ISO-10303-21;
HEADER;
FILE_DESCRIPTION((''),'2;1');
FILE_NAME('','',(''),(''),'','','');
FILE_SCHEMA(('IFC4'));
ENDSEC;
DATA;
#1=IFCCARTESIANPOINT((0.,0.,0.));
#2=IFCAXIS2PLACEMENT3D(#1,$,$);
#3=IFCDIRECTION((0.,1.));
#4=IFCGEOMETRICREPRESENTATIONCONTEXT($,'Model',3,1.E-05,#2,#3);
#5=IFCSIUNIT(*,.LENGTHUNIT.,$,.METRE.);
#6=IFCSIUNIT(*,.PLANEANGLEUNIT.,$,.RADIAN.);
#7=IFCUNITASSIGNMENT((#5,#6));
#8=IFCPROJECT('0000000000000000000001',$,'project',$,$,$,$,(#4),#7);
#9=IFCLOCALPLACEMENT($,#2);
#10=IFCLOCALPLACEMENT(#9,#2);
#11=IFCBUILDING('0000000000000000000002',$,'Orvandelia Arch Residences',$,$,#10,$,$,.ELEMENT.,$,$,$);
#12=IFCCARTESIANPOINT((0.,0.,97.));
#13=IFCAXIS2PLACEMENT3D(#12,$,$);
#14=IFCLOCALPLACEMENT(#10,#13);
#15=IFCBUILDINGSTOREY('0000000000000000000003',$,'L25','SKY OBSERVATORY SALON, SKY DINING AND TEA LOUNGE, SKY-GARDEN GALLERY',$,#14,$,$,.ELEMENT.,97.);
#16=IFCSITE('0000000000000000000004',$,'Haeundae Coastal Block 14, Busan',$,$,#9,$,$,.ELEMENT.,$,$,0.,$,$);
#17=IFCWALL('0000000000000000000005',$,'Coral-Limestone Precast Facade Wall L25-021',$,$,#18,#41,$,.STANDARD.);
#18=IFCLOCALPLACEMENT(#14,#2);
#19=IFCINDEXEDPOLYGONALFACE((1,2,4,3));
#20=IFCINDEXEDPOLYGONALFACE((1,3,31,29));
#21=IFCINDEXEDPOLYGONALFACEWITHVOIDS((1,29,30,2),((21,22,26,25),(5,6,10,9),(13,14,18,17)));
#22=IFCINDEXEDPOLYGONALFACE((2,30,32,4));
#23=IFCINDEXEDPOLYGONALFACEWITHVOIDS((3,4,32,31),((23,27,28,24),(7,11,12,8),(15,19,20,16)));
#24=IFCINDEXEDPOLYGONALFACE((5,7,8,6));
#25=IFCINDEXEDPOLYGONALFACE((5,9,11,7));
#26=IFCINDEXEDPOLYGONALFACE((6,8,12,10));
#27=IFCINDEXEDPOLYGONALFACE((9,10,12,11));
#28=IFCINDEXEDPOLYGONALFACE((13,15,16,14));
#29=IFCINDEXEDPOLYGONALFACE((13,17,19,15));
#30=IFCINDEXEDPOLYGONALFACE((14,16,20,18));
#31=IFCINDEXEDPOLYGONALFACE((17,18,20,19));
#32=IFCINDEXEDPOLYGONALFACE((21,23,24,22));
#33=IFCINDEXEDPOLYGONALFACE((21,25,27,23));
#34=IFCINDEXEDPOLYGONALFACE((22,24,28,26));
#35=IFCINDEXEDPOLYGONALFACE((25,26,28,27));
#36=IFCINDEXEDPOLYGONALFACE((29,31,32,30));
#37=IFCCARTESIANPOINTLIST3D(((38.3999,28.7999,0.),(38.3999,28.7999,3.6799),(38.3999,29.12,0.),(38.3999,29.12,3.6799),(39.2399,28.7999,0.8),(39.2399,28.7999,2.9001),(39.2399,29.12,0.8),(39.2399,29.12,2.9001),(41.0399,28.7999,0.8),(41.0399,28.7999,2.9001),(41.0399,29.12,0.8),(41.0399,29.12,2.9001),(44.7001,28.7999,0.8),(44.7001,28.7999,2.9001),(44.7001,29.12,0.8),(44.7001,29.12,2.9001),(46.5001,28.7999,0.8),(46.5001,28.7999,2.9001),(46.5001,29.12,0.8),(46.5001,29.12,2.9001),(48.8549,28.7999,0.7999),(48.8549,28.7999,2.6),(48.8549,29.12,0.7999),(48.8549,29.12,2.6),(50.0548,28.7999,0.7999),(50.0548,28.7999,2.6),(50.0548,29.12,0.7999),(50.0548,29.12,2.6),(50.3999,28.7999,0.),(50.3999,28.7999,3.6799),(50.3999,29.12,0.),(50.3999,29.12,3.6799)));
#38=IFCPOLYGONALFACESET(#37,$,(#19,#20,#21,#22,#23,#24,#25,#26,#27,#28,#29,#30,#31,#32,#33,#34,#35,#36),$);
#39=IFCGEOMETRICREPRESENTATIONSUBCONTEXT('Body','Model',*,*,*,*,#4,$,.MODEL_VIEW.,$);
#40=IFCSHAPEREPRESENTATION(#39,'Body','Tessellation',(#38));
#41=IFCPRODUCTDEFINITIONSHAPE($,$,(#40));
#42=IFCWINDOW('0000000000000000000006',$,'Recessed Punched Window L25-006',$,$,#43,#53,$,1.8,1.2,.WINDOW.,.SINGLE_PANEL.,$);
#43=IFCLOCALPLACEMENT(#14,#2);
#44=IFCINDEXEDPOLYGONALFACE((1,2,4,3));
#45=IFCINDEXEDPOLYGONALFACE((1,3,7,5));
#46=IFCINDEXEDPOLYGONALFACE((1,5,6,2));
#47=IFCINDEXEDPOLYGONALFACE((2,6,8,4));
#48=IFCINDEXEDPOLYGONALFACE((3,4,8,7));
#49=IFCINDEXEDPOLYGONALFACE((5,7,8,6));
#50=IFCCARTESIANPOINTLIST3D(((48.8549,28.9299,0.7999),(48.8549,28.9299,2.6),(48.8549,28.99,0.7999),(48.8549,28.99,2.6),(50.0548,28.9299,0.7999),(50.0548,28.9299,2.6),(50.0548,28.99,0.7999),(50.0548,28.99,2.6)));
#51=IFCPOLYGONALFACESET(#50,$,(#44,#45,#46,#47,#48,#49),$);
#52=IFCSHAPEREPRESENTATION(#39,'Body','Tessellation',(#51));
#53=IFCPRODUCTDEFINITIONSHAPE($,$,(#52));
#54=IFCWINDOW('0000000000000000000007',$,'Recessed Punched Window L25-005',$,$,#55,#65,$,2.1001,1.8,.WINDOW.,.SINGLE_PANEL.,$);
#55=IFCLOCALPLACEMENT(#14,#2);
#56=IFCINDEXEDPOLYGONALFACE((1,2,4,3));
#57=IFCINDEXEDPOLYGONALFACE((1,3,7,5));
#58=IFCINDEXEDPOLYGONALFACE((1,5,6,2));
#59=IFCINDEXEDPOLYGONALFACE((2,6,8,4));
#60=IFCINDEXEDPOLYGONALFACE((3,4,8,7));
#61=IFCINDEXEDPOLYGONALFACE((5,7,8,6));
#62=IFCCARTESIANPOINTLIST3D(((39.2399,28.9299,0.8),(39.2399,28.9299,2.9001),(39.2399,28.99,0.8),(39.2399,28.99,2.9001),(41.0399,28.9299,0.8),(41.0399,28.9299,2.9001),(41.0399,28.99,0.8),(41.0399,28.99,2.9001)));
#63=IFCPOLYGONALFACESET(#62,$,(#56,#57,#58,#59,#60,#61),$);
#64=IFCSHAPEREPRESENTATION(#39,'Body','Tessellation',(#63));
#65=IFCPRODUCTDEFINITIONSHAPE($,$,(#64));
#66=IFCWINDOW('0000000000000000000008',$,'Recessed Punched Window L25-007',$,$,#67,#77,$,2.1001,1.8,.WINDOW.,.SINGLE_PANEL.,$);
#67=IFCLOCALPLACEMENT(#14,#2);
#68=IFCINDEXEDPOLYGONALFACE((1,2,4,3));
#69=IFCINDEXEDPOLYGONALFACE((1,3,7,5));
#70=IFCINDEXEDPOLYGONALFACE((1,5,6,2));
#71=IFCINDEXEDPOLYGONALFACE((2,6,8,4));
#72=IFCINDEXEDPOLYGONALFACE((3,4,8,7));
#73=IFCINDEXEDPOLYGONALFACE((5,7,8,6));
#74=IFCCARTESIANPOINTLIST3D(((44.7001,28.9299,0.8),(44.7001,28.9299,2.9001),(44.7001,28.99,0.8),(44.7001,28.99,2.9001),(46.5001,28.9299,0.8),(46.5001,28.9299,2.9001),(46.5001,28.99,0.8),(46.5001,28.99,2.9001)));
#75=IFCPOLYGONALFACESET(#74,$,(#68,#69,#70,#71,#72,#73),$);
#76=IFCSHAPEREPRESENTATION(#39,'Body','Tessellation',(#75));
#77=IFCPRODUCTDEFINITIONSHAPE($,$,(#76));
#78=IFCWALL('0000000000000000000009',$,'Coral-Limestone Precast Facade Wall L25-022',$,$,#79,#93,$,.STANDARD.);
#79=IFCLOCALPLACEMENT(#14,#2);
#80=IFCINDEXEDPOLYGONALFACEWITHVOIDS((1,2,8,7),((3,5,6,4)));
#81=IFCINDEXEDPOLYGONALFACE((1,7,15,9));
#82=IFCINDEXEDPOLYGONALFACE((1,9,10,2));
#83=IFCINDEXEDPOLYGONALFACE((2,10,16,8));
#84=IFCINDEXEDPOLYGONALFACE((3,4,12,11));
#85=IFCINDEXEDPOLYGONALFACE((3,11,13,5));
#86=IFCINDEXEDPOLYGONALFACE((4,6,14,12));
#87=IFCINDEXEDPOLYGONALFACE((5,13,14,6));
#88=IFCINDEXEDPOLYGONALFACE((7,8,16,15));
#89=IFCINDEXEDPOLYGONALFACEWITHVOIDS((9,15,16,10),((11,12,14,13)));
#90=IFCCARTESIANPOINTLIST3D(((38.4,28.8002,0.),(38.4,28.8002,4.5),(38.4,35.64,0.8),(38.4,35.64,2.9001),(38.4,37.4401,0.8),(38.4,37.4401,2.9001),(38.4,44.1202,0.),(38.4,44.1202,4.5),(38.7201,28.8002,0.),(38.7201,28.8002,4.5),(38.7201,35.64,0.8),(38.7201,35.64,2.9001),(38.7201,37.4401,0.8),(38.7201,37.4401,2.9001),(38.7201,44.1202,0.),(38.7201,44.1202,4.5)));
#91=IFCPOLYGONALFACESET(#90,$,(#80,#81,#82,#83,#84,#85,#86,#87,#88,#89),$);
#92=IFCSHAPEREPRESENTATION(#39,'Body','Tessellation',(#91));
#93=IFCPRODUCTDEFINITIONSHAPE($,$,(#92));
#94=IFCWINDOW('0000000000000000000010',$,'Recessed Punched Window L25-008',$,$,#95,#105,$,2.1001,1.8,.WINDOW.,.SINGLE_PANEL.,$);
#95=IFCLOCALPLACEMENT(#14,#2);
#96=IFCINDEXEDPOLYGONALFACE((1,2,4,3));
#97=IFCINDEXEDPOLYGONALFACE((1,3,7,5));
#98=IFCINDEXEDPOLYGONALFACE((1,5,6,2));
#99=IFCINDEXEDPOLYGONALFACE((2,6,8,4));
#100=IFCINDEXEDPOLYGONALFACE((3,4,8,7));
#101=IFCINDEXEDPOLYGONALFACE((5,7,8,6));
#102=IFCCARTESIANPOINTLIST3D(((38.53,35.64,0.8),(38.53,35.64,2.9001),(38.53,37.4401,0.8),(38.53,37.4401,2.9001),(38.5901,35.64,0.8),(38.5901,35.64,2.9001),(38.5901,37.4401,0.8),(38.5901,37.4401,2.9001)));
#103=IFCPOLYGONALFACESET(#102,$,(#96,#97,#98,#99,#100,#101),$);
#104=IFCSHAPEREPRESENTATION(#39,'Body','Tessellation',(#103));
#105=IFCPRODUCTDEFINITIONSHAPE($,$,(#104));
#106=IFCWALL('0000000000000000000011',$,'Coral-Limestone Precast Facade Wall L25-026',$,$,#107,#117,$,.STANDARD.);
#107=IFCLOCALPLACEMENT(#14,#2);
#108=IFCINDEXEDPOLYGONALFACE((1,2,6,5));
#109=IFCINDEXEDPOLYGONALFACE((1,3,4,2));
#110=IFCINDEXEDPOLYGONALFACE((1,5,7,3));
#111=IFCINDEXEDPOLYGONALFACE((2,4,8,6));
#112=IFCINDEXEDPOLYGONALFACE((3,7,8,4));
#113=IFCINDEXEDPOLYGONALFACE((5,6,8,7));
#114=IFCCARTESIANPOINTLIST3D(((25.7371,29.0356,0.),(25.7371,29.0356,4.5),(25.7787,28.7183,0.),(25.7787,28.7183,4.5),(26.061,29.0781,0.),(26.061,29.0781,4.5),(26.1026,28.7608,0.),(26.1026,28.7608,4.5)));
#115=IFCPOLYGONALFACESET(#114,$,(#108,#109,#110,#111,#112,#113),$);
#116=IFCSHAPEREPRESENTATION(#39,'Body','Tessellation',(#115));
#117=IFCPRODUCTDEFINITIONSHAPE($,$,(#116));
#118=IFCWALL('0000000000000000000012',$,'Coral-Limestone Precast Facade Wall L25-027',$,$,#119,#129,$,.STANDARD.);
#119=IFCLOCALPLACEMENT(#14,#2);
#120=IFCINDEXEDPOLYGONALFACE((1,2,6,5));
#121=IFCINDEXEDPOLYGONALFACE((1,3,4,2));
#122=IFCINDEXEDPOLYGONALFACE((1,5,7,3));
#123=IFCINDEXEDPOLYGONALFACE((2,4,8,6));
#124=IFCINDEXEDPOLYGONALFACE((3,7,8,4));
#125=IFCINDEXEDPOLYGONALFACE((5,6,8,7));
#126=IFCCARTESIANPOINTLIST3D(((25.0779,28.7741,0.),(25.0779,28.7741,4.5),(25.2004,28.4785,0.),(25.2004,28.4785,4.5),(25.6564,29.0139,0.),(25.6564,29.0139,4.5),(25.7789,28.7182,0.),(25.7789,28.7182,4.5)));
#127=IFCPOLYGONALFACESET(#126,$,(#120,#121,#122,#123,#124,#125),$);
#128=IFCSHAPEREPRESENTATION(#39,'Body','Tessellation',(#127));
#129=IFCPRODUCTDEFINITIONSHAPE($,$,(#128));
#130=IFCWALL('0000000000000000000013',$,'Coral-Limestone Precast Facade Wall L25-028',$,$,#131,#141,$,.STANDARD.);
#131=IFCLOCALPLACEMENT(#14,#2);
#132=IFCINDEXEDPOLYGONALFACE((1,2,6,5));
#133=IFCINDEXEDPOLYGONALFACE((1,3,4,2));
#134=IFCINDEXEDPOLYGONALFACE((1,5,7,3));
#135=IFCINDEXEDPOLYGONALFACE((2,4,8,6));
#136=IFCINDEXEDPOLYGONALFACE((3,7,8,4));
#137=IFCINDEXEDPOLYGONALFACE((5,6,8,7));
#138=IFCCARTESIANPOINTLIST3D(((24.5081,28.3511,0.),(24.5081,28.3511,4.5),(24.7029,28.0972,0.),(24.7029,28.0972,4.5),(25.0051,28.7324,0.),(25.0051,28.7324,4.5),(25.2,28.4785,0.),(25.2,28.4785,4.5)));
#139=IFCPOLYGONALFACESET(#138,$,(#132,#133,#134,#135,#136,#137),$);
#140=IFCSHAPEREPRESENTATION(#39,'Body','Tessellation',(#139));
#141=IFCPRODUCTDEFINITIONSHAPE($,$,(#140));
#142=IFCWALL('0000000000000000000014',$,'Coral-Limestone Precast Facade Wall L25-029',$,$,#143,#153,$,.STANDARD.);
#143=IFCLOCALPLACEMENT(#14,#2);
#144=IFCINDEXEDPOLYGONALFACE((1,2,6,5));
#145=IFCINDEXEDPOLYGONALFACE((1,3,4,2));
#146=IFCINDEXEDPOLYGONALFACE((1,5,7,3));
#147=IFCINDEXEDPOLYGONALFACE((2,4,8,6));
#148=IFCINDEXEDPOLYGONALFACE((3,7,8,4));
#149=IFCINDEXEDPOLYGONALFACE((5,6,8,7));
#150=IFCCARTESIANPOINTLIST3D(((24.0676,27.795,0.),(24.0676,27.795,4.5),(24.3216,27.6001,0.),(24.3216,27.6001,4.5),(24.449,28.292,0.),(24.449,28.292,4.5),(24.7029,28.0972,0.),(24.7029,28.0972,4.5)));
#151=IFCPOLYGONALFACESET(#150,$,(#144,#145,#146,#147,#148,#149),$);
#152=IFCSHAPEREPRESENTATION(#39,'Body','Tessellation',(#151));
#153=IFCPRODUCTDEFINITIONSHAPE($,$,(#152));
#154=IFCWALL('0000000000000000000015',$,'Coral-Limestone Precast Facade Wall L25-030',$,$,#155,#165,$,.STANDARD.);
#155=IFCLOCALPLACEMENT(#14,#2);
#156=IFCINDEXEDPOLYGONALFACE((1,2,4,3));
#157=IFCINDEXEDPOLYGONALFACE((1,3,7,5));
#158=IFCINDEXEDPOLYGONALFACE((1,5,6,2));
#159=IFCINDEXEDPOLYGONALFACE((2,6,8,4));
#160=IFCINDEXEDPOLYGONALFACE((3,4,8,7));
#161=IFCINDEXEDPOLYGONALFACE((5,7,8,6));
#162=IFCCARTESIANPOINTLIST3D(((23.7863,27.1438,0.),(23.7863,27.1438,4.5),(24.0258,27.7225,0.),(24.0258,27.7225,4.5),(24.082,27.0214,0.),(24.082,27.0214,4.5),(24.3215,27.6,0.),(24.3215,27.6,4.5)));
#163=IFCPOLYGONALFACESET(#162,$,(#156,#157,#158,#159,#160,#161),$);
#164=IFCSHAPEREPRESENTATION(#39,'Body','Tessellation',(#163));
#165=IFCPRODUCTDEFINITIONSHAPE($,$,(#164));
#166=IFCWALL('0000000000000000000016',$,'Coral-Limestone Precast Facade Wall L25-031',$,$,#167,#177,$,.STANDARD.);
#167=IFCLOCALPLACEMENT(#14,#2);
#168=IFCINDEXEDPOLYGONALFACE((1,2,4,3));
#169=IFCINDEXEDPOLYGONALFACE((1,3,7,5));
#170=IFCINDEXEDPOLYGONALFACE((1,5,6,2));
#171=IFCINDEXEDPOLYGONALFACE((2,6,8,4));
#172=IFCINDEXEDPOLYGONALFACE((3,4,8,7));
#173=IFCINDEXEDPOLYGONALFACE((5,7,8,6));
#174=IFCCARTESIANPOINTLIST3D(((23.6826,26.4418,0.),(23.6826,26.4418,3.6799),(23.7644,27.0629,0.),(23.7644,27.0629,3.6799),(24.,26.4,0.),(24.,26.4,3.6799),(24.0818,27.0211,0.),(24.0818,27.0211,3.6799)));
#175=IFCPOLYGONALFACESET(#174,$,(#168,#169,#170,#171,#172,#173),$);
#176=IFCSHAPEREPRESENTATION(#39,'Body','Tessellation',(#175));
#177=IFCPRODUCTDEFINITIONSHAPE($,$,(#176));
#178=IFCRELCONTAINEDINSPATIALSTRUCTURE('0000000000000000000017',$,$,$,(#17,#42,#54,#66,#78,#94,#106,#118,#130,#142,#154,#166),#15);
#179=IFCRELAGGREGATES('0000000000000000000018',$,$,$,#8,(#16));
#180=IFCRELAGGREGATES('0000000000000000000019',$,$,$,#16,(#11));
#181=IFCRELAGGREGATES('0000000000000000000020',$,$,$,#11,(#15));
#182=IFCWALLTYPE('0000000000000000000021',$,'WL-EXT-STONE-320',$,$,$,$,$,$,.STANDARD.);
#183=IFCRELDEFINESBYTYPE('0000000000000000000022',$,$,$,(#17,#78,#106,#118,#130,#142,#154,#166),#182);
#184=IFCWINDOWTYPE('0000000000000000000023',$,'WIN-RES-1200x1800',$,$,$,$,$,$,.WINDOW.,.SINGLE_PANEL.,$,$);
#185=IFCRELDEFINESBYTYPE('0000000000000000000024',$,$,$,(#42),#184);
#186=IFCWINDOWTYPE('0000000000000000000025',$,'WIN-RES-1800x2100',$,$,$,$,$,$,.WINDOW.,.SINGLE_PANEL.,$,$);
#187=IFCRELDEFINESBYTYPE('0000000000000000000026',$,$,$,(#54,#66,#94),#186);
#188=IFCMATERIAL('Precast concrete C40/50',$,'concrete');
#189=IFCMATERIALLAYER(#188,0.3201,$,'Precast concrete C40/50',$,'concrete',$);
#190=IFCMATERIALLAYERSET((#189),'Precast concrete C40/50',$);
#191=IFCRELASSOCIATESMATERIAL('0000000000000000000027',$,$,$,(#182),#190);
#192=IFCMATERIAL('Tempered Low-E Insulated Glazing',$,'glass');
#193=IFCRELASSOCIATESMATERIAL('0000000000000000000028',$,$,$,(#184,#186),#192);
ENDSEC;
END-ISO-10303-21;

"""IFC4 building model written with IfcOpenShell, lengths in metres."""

from ifc_helpers import new_model, si_unit, direction, frame, frame_2d, origin, place, context, subcontext, project, spatial, rectangle, extrude, material, layer, layer_set, type_object, element, fill, save


model = new_model("IFC4")

# Units and contexts
model_context = context("Model", 3, precision=1e-05, world=origin(), true_north=direction((0.0, 1.0)))
body_context = subcontext(model_context, "Body", "Model", "MODEL_VIEW")
ifc_project = project(units=[si_unit("LENGTHUNIT", "METRE"), si_unit("PLANEANGLEUNIT", "RADIAN")], contexts=[model_context])

# Site, building, storey
site_placement = place(None, origin())
site = spatial("IfcSite", under=ifc_project, at=site_placement, Name="Haeundae Coastal Block 14, Busan", CompositionType="ELEMENT", RefElevation=0.0)
building_placement = place(site_placement, origin())
building = spatial("IfcBuilding", under=site, at=building_placement, Name="Orvandelia Arch Residences", CompositionType="ELEMENT")
storey_placement = place(building_placement, frame((0.0, 0.0, 97.0)))
storey = spatial("IfcBuildingStorey", under=building, at=storey_placement, Name="L25", Description="SKY OBSERVATORY SALON, SKY DINING AND TEA LOUNGE, SKY-GARDEN GALLERY", CompositionType="ELEMENT", Elevation=97.0)

# Shared definitions
ifc_material_1 = material(Name="Precast concrete C40/50", Category="concrete")
ifc_layer_1 = layer(ifc_material_1, 0.3201, Name="Precast concrete C40/50", Category="concrete")
ifc_layer_set_1 = layer_set([ifc_layer_1], Name="Precast concrete C40/50")
wall_type_1 = type_object("IfcWallType", Name="WL-EXT-STONE-320", PredefinedType="STANDARD", material=ifc_layer_set_1)

# Wall, openings, windows
wall_1_placement = place(storey_placement, frame((50.3999, 28.96, 0.0), z_axis=(0.0, 0.0, 1.0), x_axis=(-1.0, 0.0, 0.0)))
wall_1 = element("IfcWall", 1, at=wall_1_placement, inside=storey, type_object=wall_type_1, Name="Coral-Limestone Precast Facade Wall L25-021", PredefinedType="STANDARD", context=body_context, shape_type="SweptSolid", body=[
    extrude(rectangle(XDim=12.0, YDim=0.3201, at=frame_2d((6.0, 0.0))), origin(), (0.0, 0.0, 1.0), 3.6799),
])
opening_1_placement = place(wall_1_placement, frame((9.3601, 0.0, 0.8)))
opening_1 = element("IfcOpeningElement", 2, at=opening_1_placement, cuts=wall_1, PredefinedType="OPENING", context=body_context, shape_type="SweptSolid", body=[
    extrude(rectangle(XDim=1.8, YDim=2.1001, at=frame_2d((0.8999, 1.05))), frame((0.0, 0.1699, 0.0), z_axis=(0.0, -1.0, 0.0), x_axis=(1.0, 0.0, 0.0)), (0.0, 0.0, 1.0), 0.3401),
])
opening_2_placement = place(wall_1_placement, frame((0.345, 0.0, 0.8)))
opening_2 = element("IfcOpeningElement", 3, at=opening_2_placement, cuts=wall_1, PredefinedType="OPENING", context=body_context, shape_type="SweptSolid", body=[
    extrude(rectangle(XDim=1.2, YDim=1.8, at=frame_2d((0.6001, 0.8999))), frame((0.0, 0.1699, 0.0), z_axis=(0.0, -1.0, 0.0), x_axis=(1.0, 0.0, 0.0)), (0.0, 0.0, 1.0), 0.3401),
])
opening_3_placement = place(wall_1_placement, frame((3.8999, 0.0, 0.8)))
opening_3 = element("IfcOpeningElement", 4, at=opening_3_placement, cuts=wall_1, PredefinedType="OPENING", context=body_context, shape_type="SweptSolid", body=[
    extrude(rectangle(XDim=1.8, YDim=2.1001, at=frame_2d((0.8999, 1.05))), frame((0.0, 0.1699, 0.0), z_axis=(0.0, -1.0, 0.0), x_axis=(1.0, 0.0, 0.0)), (0.0, 0.0, 1.0), 0.3401),
])
ifc_material_2 = material(Name="Tempered Low-E Insulated Glazing", Category="glass")
window_type_1 = type_object("IfcWindowType", Name="WIN-RES-1200x1800", PartitioningType="SINGLE_PANEL", PredefinedType="WINDOW", material=ifc_material_2)
window_1_placement = place(opening_2_placement, origin())
window_1 = element("IfcWindow", 5, at=window_1_placement, inside=storey, type_object=window_type_1, Name="Recessed Punched Window L25-006", OverallHeight=1.8, OverallWidth=1.2, PartitioningType="SINGLE_PANEL", PredefinedType="WINDOW", context=body_context, shape_type="SweptSolid", body=[
    extrude(rectangle(XDim=1.2, YDim=1.8, at=frame_2d((0.6001, 0.8999))), frame((0.0, 0.03, 0.0), z_axis=(0.0, -1.0, 0.0), x_axis=(1.0, 0.0, 0.0)), (0.0, 0.0, 1.0), 0.0601),
])
fill(opening_2, window_1)
window_type_2 = type_object("IfcWindowType", Name="WIN-RES-1800x2100", PartitioningType="SINGLE_PANEL", PredefinedType="WINDOW", material=ifc_material_2)
window_2_placement = place(opening_1_placement, origin())
window_2 = element("IfcWindow", 6, at=window_2_placement, inside=storey, type_object=window_type_2, Name="Recessed Punched Window L25-005", OverallHeight=2.1001, OverallWidth=1.8, PartitioningType="SINGLE_PANEL", PredefinedType="WINDOW", context=body_context, shape_type="SweptSolid", body=[
    extrude(rectangle(XDim=1.8, YDim=2.1001, at=frame_2d((0.8999, 1.05))), frame((0.0, 0.03, 0.0), z_axis=(0.0, -1.0, 0.0), x_axis=(1.0, 0.0, 0.0)), (0.0, 0.0, 1.0), 0.0601),
])
fill(opening_1, window_2)
window_3_placement = place(opening_3_placement, origin())
window_3 = element("IfcWindow", 7, at=window_3_placement, inside=storey, type_object=window_type_2, Name="Recessed Punched Window L25-007", OverallHeight=2.1001, OverallWidth=1.8, PartitioningType="SINGLE_PANEL", PredefinedType="WINDOW", context=body_context, shape_type="SweptSolid", body=[
    extrude(rectangle(XDim=1.8, YDim=2.1001, at=frame_2d((0.8999, 1.05))), frame((0.0, 0.03, 0.0), z_axis=(0.0, -1.0, 0.0), x_axis=(1.0, 0.0, 0.0)), (0.0, 0.0, 1.0), 0.0601),
])
fill(opening_3, window_3)

# Wall, opening, window
wall_2_placement = place(storey_placement, frame((38.5601, 28.8, 0.0), z_axis=(0.0, 0.0, 1.0), x_axis=(0.0, 1.0, 0.0)))
wall_2 = element("IfcWall", 8, at=wall_2_placement, inside=storey, type_object=wall_type_1, Name="Coral-Limestone Precast Facade Wall L25-022", PredefinedType="STANDARD", context=body_context, shape_type="SweptSolid", body=[
    extrude(rectangle(XDim=15.3201, YDim=0.3201, at=frame_2d((7.6602, 0.0))), origin(), (0.0, 0.0, 1.0), 4.5),
])
opening_4_placement = place(wall_2_placement, frame((6.8401, 0.0, 0.8)))
opening_4 = element("IfcOpeningElement", 9, at=opening_4_placement, cuts=wall_2, PredefinedType="OPENING", context=body_context, shape_type="SweptSolid", body=[
    extrude(rectangle(XDim=1.8, YDim=2.1001, at=frame_2d((0.8999, 1.05))), frame((0.0, 0.1699, 0.0), z_axis=(0.0, -1.0, 0.0), x_axis=(1.0, 0.0, 0.0)), (0.0, 0.0, 1.0), 0.3401),
])
window_4_placement = place(opening_4_placement, origin())
window_4 = element("IfcWindow", 10, at=window_4_placement, inside=storey, type_object=window_type_2, Name="Recessed Punched Window L25-008", OverallHeight=2.1001, OverallWidth=1.8, PartitioningType="SINGLE_PANEL", PredefinedType="WINDOW", context=body_context, shape_type="SweptSolid", body=[
    extrude(rectangle(XDim=1.8, YDim=2.1001, at=frame_2d((0.8999, 1.05))), frame((0.0, 0.03, 0.0), z_axis=(0.0, -1.0, 0.0), x_axis=(1.0, 0.0, 0.0)), (0.0, 0.0, 1.0), 0.0601),
])
fill(opening_4, window_4)

# Walls
wall_3_placement = place(storey_placement, frame((26.0818, 28.9194, 0.0), z_axis=(0.0, 0.0, 1.0), x_axis=(-0.991513, -0.13001, 0.0)))
element("IfcWall", 11, at=wall_3_placement, inside=storey, type_object=wall_type_1, Name="Coral-Limestone Precast Facade Wall L25-026", PredefinedType="STANDARD", context=body_context, shape_type="SweptSolid", body=[
    extrude(rectangle(XDim=0.3267, YDim=0.3201, at=frame_2d((0.1633, 0.0))), origin(), (0.0, 0.0, 1.0), 4.5),
])
wall_4_placement = place(storey_placement, frame((25.7175, 28.866, 0.0), z_axis=(0.0, 0.0, 1.0), x_axis=(-0.923836, -0.382788, 0.0)))
element("IfcWall", 12, at=wall_4_placement, inside=storey, type_object=wall_type_1, Name="Coral-Limestone Precast Facade Wall L25-027", PredefinedType="STANDARD", context=body_context, shape_type="SweptSolid", body=[
    extrude(rectangle(XDim=0.6262, YDim=0.3201, at=frame_2d((0.313, 0.0))), origin(), (0.0, 0.0, 1.0), 4.5),
])
for number, where, z_axis, x_axis, name in (
    (13, (25.1025, 28.6055, 0.0), (0.0, 0.0, 1.0), (-0.793406, -0.608693, 0.0), "Coral-Limestone Precast Facade Wall L25-028"),
    (14, (24.5759, 28.1946, 0.0), (0.0, 0.0, 1.0), (-0.608693, -0.793406, 0.0), "Coral-Limestone Precast Facade Wall L25-029"),
):
    element("IfcWall", number, at=place(storey_placement, frame(where, z_axis=z_axis, x_axis=x_axis)), inside=storey, type_object=wall_type_1, Name=name, PredefinedType="STANDARD", context=body_context, shape_type="SweptSolid", body=[
        extrude(rectangle(XDim=0.6265, YDim=0.3201, at=frame_2d((0.3132, 0.0))), origin(), (0.0, 0.0, 1.0), 4.5),
    ])
wall_5_placement = place(storey_placement, frame((24.1736, 27.6611, 0.0), z_axis=(0.0, 0.0, 1.0), x_axis=(-0.382455, -0.923974, 0.0)))
element("IfcWall", 15, at=wall_5_placement, inside=storey, type_object=wall_type_1, Name="Coral-Limestone Precast Facade Wall L25-030", PredefinedType="STANDARD", context=body_context, shape_type="SweptSolid", body=[
    extrude(rectangle(XDim=0.6262, YDim=0.3201, at=frame_2d((0.313, 0.0))), origin(), (0.0, 0.0, 1.0), 4.5),
])
wall_6_placement = place(storey_placement, frame((23.9231, 27.042, 0.0), z_axis=(0.0, 0.0, 1.0), x_axis=(-0.130555, -0.991441, 0.0)))
element("IfcWall", 16, at=wall_6_placement, inside=storey, type_object=wall_type_1, Name="Coral-Limestone Precast Facade Wall L25-031", PredefinedType="STANDARD", context=body_context, shape_type="SweptSolid", body=[
    extrude(rectangle(XDim=0.6265, YDim=0.3201, at=frame_2d((0.3132, 0.0))), origin(), (0.0, 0.0, 1.0), 3.6799),
])

save(model, "model.ifc")
